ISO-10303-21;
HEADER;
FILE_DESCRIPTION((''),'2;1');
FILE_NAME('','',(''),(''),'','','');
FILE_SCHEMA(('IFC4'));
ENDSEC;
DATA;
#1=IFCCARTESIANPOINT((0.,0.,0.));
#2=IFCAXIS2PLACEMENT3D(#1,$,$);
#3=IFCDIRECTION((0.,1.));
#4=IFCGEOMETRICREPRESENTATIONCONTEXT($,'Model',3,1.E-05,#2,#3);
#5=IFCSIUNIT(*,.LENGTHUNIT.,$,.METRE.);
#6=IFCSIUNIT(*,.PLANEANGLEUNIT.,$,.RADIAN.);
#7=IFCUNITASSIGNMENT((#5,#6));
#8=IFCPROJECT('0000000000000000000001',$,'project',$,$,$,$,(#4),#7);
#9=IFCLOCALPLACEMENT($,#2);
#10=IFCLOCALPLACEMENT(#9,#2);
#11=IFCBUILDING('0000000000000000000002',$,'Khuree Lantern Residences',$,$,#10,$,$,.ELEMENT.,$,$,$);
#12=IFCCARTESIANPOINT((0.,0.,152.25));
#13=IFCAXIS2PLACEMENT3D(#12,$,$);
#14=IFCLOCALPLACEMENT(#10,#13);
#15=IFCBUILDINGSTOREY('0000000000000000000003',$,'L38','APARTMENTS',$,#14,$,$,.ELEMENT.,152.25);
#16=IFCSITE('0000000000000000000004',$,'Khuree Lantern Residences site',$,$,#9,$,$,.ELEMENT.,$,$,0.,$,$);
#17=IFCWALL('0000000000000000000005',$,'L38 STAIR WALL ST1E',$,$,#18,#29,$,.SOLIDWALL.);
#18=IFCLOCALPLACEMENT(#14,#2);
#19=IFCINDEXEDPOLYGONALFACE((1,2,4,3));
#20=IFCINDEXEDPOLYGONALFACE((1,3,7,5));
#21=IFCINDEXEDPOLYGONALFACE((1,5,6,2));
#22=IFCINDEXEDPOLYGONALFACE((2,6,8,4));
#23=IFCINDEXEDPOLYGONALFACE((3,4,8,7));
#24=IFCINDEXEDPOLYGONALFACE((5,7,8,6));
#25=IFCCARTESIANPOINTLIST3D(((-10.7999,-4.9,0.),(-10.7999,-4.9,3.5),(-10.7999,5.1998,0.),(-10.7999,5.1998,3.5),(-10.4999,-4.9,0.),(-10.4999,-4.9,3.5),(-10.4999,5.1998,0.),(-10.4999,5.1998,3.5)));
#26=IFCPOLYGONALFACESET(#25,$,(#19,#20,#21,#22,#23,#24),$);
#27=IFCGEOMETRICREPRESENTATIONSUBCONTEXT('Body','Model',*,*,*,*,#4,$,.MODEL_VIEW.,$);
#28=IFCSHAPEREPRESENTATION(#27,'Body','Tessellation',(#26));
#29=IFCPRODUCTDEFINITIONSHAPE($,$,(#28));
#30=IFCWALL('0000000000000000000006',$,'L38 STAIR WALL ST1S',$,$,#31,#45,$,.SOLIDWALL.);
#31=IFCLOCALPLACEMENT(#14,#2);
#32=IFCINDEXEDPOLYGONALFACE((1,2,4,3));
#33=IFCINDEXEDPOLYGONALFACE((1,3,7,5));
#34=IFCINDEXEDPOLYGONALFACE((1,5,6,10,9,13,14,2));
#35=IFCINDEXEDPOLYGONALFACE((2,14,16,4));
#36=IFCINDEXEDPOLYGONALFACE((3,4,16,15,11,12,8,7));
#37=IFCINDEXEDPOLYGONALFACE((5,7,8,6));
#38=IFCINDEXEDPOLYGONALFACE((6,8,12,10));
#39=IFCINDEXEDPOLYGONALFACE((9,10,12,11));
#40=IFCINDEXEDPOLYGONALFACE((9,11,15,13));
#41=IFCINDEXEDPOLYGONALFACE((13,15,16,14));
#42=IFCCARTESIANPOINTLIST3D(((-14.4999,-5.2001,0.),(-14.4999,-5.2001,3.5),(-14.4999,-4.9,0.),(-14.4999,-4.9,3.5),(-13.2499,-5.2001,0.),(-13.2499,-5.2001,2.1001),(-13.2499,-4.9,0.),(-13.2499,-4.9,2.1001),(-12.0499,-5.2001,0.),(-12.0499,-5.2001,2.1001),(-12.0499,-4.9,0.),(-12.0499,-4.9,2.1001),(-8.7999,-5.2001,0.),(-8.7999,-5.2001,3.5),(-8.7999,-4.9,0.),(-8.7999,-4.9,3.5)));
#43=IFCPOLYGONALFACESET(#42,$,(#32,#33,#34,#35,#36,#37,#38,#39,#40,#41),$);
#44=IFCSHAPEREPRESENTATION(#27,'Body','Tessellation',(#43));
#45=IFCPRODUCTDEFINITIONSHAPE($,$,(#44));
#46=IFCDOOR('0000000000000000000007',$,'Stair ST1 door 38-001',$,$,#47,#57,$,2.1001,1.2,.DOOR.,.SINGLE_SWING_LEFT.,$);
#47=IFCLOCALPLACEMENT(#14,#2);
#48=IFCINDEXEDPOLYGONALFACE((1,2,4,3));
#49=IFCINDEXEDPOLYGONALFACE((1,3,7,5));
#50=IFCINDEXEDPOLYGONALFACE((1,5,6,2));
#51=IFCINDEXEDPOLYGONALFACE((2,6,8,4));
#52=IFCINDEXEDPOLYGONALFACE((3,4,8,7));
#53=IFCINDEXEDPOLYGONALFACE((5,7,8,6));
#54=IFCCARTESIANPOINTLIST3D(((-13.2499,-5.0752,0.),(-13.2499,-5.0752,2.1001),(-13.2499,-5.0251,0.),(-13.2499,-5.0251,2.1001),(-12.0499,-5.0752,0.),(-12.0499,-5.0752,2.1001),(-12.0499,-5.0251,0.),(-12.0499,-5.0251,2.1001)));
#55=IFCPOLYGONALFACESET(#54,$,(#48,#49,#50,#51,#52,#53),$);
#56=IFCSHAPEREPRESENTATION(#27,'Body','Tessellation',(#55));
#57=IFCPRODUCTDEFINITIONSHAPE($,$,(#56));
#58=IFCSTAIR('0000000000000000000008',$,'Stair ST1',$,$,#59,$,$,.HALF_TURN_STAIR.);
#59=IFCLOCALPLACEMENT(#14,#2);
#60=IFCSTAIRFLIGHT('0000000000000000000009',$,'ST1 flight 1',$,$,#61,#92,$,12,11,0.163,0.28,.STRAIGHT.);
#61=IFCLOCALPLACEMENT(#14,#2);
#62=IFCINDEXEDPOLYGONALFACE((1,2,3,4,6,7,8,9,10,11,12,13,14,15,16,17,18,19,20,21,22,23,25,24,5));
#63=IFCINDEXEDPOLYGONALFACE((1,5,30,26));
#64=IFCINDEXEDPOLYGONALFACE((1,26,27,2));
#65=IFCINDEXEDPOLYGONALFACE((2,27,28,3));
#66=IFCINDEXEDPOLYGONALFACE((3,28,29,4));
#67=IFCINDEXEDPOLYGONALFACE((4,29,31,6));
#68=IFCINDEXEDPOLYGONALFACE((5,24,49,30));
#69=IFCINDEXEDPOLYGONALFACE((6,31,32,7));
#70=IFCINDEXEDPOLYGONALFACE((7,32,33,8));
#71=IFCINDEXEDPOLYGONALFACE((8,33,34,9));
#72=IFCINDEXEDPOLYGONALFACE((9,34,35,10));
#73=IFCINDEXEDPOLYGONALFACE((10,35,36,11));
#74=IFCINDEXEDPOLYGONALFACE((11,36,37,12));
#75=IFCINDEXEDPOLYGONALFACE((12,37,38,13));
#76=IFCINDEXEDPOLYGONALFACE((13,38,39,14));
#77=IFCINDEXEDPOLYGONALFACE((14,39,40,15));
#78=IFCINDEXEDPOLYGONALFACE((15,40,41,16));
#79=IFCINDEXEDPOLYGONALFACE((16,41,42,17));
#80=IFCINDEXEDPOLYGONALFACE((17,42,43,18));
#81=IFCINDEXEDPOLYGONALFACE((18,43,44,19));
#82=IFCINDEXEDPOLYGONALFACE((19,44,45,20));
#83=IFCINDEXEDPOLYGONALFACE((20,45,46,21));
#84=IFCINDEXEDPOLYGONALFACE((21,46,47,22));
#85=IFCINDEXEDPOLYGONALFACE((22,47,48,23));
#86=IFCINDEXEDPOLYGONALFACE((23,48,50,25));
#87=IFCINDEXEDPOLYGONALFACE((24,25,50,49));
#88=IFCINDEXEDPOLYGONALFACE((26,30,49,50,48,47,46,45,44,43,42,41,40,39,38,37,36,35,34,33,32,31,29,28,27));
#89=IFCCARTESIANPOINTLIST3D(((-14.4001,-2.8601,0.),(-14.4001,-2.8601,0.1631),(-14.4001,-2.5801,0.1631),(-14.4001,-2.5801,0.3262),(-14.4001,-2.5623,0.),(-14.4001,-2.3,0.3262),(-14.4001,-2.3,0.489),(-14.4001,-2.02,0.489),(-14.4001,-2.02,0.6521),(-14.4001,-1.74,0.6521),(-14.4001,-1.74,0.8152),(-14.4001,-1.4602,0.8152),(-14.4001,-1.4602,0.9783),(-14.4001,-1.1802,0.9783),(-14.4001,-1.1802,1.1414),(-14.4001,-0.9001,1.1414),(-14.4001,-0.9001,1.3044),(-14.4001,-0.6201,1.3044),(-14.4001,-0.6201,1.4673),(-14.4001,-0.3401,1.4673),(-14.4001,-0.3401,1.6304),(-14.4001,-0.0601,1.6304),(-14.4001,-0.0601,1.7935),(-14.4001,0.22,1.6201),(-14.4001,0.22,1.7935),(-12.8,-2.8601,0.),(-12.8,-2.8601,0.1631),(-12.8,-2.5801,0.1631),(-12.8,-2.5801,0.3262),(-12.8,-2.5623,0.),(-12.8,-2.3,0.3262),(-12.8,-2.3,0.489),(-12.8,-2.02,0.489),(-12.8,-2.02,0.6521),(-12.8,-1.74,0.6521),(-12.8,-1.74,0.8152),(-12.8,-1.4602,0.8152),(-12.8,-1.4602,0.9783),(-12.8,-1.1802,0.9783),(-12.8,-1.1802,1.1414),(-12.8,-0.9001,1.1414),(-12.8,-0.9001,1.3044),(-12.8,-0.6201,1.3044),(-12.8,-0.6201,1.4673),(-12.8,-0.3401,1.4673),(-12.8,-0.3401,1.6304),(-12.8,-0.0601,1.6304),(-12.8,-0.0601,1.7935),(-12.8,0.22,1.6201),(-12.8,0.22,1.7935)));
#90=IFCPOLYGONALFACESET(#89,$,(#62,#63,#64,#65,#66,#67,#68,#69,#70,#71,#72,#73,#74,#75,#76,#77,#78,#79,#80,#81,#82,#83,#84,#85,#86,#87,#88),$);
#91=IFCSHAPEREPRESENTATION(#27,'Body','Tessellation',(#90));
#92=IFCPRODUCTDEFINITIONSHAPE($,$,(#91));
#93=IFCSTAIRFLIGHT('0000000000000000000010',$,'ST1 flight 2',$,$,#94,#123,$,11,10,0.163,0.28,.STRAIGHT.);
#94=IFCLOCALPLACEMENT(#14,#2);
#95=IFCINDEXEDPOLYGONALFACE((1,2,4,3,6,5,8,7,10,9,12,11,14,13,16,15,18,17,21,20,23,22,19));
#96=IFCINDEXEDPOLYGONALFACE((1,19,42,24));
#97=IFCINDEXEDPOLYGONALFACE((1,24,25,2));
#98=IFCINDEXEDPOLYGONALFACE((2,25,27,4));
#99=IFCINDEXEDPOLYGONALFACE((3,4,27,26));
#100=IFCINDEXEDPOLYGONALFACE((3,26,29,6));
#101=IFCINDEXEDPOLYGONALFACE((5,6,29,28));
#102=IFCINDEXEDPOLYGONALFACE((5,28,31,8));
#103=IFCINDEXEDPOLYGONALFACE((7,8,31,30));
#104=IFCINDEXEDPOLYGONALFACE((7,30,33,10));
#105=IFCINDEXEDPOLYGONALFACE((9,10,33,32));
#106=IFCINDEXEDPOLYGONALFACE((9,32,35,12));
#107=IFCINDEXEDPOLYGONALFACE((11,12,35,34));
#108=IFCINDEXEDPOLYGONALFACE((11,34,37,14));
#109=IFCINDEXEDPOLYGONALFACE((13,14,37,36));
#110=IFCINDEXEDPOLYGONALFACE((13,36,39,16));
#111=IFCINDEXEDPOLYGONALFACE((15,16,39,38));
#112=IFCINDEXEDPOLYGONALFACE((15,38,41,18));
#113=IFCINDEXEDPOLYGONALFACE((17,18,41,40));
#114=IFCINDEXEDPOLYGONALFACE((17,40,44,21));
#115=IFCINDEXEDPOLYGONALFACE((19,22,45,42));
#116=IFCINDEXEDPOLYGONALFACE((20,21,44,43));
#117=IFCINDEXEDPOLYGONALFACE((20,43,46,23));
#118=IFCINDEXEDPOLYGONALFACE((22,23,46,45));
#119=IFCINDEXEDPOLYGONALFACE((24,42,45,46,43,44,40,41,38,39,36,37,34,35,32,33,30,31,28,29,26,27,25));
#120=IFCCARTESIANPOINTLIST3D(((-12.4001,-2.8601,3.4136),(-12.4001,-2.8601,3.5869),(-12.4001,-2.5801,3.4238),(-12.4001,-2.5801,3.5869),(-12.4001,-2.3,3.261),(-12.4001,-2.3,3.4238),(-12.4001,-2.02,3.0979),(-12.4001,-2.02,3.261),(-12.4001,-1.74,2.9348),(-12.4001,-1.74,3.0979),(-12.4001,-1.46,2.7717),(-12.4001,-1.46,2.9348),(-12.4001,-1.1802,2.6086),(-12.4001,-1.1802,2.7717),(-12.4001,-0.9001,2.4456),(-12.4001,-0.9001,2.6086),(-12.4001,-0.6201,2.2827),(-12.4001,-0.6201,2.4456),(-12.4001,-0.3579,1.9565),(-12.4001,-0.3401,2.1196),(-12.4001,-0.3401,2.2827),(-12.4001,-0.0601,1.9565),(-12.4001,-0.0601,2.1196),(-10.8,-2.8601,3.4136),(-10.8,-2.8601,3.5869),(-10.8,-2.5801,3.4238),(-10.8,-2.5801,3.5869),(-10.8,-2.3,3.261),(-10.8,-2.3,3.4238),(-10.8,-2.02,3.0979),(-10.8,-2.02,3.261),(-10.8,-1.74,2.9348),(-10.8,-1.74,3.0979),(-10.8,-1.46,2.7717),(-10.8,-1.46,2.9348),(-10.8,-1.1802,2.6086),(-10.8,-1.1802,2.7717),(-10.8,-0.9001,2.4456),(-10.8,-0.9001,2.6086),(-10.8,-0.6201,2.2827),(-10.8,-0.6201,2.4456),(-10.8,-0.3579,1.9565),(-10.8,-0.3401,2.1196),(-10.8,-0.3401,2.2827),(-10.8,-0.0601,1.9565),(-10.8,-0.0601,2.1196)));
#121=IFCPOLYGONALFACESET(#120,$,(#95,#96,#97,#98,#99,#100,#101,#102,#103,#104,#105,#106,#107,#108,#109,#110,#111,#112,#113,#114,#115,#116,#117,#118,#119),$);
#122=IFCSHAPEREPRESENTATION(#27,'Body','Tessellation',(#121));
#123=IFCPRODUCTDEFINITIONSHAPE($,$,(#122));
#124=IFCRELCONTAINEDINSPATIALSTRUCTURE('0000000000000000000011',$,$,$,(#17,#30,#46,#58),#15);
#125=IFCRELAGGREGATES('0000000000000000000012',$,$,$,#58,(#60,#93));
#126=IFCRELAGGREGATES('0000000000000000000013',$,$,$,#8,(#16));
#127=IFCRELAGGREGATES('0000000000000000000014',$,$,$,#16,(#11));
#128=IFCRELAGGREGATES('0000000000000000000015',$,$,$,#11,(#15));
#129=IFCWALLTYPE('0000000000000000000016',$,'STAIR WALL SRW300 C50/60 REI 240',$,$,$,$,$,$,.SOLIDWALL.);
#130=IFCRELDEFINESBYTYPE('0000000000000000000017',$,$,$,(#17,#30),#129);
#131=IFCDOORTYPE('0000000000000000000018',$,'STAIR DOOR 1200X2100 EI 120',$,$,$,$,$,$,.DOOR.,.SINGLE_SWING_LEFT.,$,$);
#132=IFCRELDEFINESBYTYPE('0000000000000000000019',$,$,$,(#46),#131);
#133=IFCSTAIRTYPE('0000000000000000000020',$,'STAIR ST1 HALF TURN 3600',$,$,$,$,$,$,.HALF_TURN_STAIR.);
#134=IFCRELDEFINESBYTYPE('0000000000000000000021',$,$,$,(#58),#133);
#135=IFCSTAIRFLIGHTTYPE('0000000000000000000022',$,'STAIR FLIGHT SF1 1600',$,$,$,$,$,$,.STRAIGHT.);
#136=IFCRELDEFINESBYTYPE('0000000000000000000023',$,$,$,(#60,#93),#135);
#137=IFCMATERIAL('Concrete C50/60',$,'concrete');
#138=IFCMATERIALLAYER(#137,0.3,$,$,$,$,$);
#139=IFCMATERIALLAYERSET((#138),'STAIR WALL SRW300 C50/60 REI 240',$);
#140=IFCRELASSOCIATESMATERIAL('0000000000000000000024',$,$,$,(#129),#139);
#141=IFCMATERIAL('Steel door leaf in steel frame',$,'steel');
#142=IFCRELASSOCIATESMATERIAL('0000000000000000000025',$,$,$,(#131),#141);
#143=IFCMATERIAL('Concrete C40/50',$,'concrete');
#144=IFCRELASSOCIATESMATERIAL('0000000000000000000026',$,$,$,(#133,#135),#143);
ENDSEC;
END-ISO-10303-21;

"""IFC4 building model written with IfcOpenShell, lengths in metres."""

from ifc_helpers import new_model, si_unit, direction, frame, frame_2d, origin, place, context, subcontext, project, spatial, polyline, rectangle, outline, extrude, material, layer, layer_set, type_object, element, fill, aggregate, save


model = new_model("IFC4")

# Units and contexts
model_context = context("Model", 3, precision=1e-05, world=origin(), true_north=direction((0.0, 1.0)))
body_context = subcontext(model_context, "Body", "Model", "MODEL_VIEW")
ifc_project = project(units=[si_unit("LENGTHUNIT", "METRE"), si_unit("PLANEANGLEUNIT", "RADIAN")], contexts=[model_context])

# Site, building, storey
site_placement = place(None, origin())
site = spatial("IfcSite", under=ifc_project, at=site_placement, Name="Khuree Lantern Residences site", CompositionType="ELEMENT", RefElevation=0.0)
building_placement = place(site_placement, origin())
building = spatial("IfcBuilding", under=site, at=building_placement, Name="Khuree Lantern Residences", CompositionType="ELEMENT")
storey_placement = place(building_placement, frame((0.0, 0.0, 152.25)))
storey = spatial("IfcBuildingStorey", under=building, at=storey_placement, Name="L38", Description="APARTMENTS", CompositionType="ELEMENT", Elevation=152.25)

# Shared definitions
ifc_material_1 = material(Name="Steel door leaf in steel frame", Category="steel")

# Wall
ifc_material_2 = material(Name="Concrete C50/60", Category="concrete")
ifc_layer_1 = layer(ifc_material_2, 0.3)
ifc_layer_set_1 = layer_set([ifc_layer_1], Name="STAIR WALL SRW300 C50/60 REI 240")
wall_type_1 = type_object("IfcWallType", Name="STAIR WALL SRW300 C50/60 REI 240", PredefinedType="SOLIDWALL", material=ifc_layer_set_1)
wall_1_placement = place(storey_placement, frame((-10.6499, -4.8999, 0.0), z_axis=(0.0, 0.0, 1.0), x_axis=(0.0, 1.0, 0.0)))
element("IfcWall", 1, at=wall_1_placement, inside=storey, type_object=wall_type_1, Name="L38 STAIR WALL ST1E", PredefinedType="SOLIDWALL", context=body_context, shape_type="SweptSolid", body=[
    extrude(rectangle(XDim=10.0999, YDim=0.3, at=frame_2d((5.0498, 0.0))), origin(), (0.0, 0.0, 1.0), 3.5),
])

# Wall, opening, door
wall_2_placement = place(storey_placement, frame((-14.5, -5.05, 0.0), z_axis=(0.0, 0.0, 1.0), x_axis=(1.0, 0.0, 0.0)))
wall_2 = element("IfcWall", 2, at=wall_2_placement, inside=storey, type_object=wall_type_1, Name="L38 STAIR WALL ST1S", PredefinedType="SOLIDWALL", context=body_context, shape_type="SweptSolid", body=[
    extrude(rectangle(XDim=5.7, YDim=0.3, at=frame_2d((2.8501, 0.0))), origin(), (0.0, 0.0, 1.0), 3.5),
])
opening_1_placement = place(wall_2_placement, frame((1.25, 0.0, 0.0)))
opening_1 = element("IfcOpeningElement", 3, at=opening_1_placement, cuts=wall_2, PredefinedType="OPENING", context=body_context, shape_type="SweptSolid", body=[
    extrude(rectangle(XDim=1.2, YDim=2.1001, at=frame_2d((0.6001, 1.05))), frame((0.0, 0.1602, 0.0), z_axis=(0.0, -1.0, 0.0), x_axis=(1.0, 0.0, 0.0)), (0.0, 0.0, 1.0), 0.3201),
])
door_type_1 = type_object("IfcDoorType", Name="STAIR DOOR 1200X2100 EI 120", OperationType="SINGLE_SWING_LEFT", PredefinedType="DOOR", material=ifc_material_1)
door_1_placement = place(opening_1_placement, origin())
door_1 = element("IfcDoor", 4, at=door_1_placement, inside=storey, type_object=door_type_1, Name="Stair ST1 door 38-001", OperationType="SINGLE_SWING_LEFT", OverallHeight=2.1001, OverallWidth=1.2, PredefinedType="DOOR", context=body_context, shape_type="SweptSolid", body=[
    extrude(rectangle(XDim=1.2, YDim=2.1001, at=frame_2d((0.6001, 1.05))), frame((0.0, 0.0249, 0.0), z_axis=(0.0, -1.0, 0.0), x_axis=(1.0, 0.0, 0.0)), (0.0, 0.0, 1.0), 0.05),
])
fill(opening_1, door_1)

# Stair, stair flights
ifc_material_3 = material(Name="Concrete C40/50", Category="concrete")
stair_type = type_object("IfcStairType", Name="STAIR ST1 HALF TURN 3600", PredefinedType="HALF_TURN_STAIR", material=ifc_material_3)
stair_placement = place(storey_placement, origin())
stair = element("IfcStair", 5, at=stair_placement, inside=storey, type_object=stair_type, Name="Stair ST1", PredefinedType="HALF_TURN_STAIR")
stair_flight_type = type_object("IfcStairFlightType", Name="STAIR FLIGHT SF1 1600", PredefinedType="STRAIGHT", material=ifc_material_3)
stair_flight_1_placement = place(storey_placement, frame((-13.6001, -2.8601, 0.0), z_axis=(0.0, 0.0, 1.0), x_axis=(0.0, 1.0, 0.0)))
stair_flight_1 = element("IfcStairFlight", 6, at=stair_flight_1_placement, type_object=stair_flight_type, Name="ST1 flight 1", NumberOfRisers=12, NumberOfTreads=11, PredefinedType="STRAIGHT", RiserHeight=0.163, TreadLength=0.28, context=body_context, shape_type="SweptSolid", body=[
    extrude(outline(polyline([(0.0, 0.0), (0.0, 0.1631), (0.28, 0.1631), (0.28, 0.3262), (0.5601, 0.3262), (0.5601, 0.489), (0.8401, 0.489), (0.8401, 0.6521), (1.1201, 0.6521), (1.1201, 0.8152), (1.3999, 0.8152), (1.3999, 0.9783), (1.6799, 0.9783), (1.6799, 1.1414), (1.96, 1.1414), (1.96, 1.3044), (2.24, 1.3044), (2.24, 1.4673), (2.52, 1.4673), (2.52, 1.6304), (2.8, 1.6304), (2.8, 1.7935), (3.0801, 1.7935), (3.0801, 1.9565), (3.0801, 1.6201), (0.2979, 0.0), (0.0, 0.0)])), frame((0.0, 0.8, 0.0), z_axis=(0.0, -1.0, 0.0), x_axis=(1.0, 0.0, 0.0)), (0.0, 0.0, 1.0), 1.6001),
])
stair_flight_2_placement = place(storey_placement, frame((-11.6001, -0.0601, 1.9565), z_axis=(0.0, 0.0, 1.0), x_axis=(0.0, -1.0, 0.0)))
stair_flight_2 = element("IfcStairFlight", 7, at=stair_flight_2_placement, type_object=stair_flight_type, Name="ST1 flight 2", NumberOfRisers=11, NumberOfTreads=10, PredefinedType="STRAIGHT", RiserHeight=0.163, TreadLength=0.28, context=body_context, shape_type="SweptSolid", body=[
    extrude(outline(polyline([(0.0, 0.0), (0.0, 0.1631), (0.28, 0.1631), (0.28, 0.3262), (0.5601, 0.3262), (0.5601, 0.489), (0.8401, 0.489), (0.8401, 0.6521), (1.1201, 0.6521), (1.1201, 0.8152), (1.3999, 0.8152), (1.3999, 0.9783), (1.6799, 0.9783), (1.6799, 1.1414), (1.96, 1.1414), (1.96, 1.3044), (2.24, 1.3044), (2.24, 1.4673), (2.52, 1.4673), (2.52, 1.6304), (2.8, 1.6304), (2.8, 1.7935), (2.8, 1.457), (0.2979, 0.0), (0.0, 0.0)])), frame((0.0, 0.8, 0.0), z_axis=(0.0, -1.0, 0.0), x_axis=(1.0, 0.0, 0.0)), (0.0, 0.0, 1.0), 1.6001),
])
aggregate(stair, [stair_flight_1, stair_flight_2])

save(model, "model.ifc")
